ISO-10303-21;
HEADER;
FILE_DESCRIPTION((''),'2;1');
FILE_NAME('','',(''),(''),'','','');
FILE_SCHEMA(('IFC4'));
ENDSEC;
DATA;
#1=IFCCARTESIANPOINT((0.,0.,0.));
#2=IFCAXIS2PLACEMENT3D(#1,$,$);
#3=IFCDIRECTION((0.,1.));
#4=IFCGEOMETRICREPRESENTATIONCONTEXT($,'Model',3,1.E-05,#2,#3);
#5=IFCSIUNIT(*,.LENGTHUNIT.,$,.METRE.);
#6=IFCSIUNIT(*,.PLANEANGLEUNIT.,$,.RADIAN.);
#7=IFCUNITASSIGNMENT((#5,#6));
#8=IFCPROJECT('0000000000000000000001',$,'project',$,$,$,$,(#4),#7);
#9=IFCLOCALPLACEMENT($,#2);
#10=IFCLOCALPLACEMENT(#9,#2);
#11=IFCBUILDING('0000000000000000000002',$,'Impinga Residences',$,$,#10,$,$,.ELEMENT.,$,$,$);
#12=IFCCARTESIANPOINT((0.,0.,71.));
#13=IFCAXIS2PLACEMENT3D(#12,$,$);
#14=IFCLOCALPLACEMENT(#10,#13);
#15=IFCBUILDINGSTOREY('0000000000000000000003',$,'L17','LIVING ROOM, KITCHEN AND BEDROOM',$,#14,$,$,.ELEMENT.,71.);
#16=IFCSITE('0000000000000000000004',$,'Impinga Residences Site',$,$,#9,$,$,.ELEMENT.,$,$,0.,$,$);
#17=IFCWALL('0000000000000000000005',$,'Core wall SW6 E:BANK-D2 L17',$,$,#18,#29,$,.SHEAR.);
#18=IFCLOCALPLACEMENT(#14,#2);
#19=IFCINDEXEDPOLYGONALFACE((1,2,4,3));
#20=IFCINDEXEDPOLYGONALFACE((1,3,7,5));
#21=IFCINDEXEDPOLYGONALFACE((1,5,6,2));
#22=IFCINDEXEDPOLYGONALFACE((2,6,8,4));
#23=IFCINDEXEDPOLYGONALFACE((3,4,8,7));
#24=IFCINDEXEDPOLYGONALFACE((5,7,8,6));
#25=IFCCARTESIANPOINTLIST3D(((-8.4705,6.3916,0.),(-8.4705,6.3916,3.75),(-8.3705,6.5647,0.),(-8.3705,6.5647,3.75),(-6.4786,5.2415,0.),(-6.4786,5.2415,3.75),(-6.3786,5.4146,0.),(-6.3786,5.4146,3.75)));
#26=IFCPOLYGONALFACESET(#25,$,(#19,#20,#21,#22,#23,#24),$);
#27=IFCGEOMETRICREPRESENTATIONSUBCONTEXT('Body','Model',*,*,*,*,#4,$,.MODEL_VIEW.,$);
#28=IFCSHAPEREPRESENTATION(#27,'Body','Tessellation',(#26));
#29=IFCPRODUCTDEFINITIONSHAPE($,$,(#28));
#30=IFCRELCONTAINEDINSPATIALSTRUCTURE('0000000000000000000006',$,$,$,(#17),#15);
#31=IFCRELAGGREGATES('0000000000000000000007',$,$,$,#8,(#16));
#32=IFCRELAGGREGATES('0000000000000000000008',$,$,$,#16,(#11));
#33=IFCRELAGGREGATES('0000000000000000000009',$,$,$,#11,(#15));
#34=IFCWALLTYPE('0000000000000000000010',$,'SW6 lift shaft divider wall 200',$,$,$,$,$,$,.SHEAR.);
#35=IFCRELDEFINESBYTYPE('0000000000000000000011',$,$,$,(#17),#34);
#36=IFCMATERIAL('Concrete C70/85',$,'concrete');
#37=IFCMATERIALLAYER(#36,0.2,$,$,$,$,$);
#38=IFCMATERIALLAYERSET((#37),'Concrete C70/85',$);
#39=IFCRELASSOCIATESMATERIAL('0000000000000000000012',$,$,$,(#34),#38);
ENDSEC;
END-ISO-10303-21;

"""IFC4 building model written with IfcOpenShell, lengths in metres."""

from ifc_helpers import new_model, si_unit, direction, frame, frame_2d, origin, place, context, subcontext, project, spatial, rectangle, extrude, material, layer, layer_set, type_object, element, save


model = new_model("IFC4")

# Units and contexts
model_context = context("Model", 3, precision=1e-05, world=origin(), true_north=direction((0.0, 1.0)))
body_context = subcontext(model_context, "Body", "Model", "MODEL_VIEW")
ifc_project = project(units=[si_unit("LENGTHUNIT", "METRE"), si_unit("PLANEANGLEUNIT", "RADIAN")], contexts=[model_context])

# Site, building, storey
site_placement = place(None, origin())
site = spatial("IfcSite", under=ifc_project, at=site_placement, Name="Impinga Residences Site", CompositionType="ELEMENT", RefElevation=0.0)
building_placement = place(site_placement, origin())
building = spatial("IfcBuilding", under=site, at=building_placement, Name="Impinga Residences", CompositionType="ELEMENT")
storey_placement = place(building_placement, frame((0.0, 0.0, 71.0)))
storey = spatial("IfcBuildingStorey", under=building, at=storey_placement, Name="L17", Description="LIVING ROOM, KITCHEN AND BEDROOM", CompositionType="ELEMENT", Elevation=71.0)

# Shared definitions
ifc_material_1 = material(Name="Concrete C70/85", Category="concrete")

# Wall
ifc_layer_1 = layer(ifc_material_1, 0.2)
ifc_layer_set_1 = layer_set([ifc_layer_1], Name="Concrete C70/85")
wall_type_1 = type_object("IfcWallType", Name="SW6 lift shaft divider wall 200", PredefinedType="SHEAR", material=ifc_layer_set_1)
wall_1_placement = place(storey_placement, frame((-6.4287, 5.3281, 0.0), z_axis=(0.0, 0.0, 1.0), x_axis=(-0.866007, 0.500032, 0.0)))
element("IfcWall", 1, at=wall_1_placement, inside=storey, type_object=wall_type_1, Name="Core wall SW6 E:BANK-D2 L17", PredefinedType="SHEAR", context=body_context, shape_type="SweptSolid", body=[
    extrude(rectangle(XDim=2.3, YDim=0.2, at=frame_2d((1.1499, 0.0))), origin(), (0.0, 0.0, 1.0), 3.75),
])

save(model, "model.ifc")
